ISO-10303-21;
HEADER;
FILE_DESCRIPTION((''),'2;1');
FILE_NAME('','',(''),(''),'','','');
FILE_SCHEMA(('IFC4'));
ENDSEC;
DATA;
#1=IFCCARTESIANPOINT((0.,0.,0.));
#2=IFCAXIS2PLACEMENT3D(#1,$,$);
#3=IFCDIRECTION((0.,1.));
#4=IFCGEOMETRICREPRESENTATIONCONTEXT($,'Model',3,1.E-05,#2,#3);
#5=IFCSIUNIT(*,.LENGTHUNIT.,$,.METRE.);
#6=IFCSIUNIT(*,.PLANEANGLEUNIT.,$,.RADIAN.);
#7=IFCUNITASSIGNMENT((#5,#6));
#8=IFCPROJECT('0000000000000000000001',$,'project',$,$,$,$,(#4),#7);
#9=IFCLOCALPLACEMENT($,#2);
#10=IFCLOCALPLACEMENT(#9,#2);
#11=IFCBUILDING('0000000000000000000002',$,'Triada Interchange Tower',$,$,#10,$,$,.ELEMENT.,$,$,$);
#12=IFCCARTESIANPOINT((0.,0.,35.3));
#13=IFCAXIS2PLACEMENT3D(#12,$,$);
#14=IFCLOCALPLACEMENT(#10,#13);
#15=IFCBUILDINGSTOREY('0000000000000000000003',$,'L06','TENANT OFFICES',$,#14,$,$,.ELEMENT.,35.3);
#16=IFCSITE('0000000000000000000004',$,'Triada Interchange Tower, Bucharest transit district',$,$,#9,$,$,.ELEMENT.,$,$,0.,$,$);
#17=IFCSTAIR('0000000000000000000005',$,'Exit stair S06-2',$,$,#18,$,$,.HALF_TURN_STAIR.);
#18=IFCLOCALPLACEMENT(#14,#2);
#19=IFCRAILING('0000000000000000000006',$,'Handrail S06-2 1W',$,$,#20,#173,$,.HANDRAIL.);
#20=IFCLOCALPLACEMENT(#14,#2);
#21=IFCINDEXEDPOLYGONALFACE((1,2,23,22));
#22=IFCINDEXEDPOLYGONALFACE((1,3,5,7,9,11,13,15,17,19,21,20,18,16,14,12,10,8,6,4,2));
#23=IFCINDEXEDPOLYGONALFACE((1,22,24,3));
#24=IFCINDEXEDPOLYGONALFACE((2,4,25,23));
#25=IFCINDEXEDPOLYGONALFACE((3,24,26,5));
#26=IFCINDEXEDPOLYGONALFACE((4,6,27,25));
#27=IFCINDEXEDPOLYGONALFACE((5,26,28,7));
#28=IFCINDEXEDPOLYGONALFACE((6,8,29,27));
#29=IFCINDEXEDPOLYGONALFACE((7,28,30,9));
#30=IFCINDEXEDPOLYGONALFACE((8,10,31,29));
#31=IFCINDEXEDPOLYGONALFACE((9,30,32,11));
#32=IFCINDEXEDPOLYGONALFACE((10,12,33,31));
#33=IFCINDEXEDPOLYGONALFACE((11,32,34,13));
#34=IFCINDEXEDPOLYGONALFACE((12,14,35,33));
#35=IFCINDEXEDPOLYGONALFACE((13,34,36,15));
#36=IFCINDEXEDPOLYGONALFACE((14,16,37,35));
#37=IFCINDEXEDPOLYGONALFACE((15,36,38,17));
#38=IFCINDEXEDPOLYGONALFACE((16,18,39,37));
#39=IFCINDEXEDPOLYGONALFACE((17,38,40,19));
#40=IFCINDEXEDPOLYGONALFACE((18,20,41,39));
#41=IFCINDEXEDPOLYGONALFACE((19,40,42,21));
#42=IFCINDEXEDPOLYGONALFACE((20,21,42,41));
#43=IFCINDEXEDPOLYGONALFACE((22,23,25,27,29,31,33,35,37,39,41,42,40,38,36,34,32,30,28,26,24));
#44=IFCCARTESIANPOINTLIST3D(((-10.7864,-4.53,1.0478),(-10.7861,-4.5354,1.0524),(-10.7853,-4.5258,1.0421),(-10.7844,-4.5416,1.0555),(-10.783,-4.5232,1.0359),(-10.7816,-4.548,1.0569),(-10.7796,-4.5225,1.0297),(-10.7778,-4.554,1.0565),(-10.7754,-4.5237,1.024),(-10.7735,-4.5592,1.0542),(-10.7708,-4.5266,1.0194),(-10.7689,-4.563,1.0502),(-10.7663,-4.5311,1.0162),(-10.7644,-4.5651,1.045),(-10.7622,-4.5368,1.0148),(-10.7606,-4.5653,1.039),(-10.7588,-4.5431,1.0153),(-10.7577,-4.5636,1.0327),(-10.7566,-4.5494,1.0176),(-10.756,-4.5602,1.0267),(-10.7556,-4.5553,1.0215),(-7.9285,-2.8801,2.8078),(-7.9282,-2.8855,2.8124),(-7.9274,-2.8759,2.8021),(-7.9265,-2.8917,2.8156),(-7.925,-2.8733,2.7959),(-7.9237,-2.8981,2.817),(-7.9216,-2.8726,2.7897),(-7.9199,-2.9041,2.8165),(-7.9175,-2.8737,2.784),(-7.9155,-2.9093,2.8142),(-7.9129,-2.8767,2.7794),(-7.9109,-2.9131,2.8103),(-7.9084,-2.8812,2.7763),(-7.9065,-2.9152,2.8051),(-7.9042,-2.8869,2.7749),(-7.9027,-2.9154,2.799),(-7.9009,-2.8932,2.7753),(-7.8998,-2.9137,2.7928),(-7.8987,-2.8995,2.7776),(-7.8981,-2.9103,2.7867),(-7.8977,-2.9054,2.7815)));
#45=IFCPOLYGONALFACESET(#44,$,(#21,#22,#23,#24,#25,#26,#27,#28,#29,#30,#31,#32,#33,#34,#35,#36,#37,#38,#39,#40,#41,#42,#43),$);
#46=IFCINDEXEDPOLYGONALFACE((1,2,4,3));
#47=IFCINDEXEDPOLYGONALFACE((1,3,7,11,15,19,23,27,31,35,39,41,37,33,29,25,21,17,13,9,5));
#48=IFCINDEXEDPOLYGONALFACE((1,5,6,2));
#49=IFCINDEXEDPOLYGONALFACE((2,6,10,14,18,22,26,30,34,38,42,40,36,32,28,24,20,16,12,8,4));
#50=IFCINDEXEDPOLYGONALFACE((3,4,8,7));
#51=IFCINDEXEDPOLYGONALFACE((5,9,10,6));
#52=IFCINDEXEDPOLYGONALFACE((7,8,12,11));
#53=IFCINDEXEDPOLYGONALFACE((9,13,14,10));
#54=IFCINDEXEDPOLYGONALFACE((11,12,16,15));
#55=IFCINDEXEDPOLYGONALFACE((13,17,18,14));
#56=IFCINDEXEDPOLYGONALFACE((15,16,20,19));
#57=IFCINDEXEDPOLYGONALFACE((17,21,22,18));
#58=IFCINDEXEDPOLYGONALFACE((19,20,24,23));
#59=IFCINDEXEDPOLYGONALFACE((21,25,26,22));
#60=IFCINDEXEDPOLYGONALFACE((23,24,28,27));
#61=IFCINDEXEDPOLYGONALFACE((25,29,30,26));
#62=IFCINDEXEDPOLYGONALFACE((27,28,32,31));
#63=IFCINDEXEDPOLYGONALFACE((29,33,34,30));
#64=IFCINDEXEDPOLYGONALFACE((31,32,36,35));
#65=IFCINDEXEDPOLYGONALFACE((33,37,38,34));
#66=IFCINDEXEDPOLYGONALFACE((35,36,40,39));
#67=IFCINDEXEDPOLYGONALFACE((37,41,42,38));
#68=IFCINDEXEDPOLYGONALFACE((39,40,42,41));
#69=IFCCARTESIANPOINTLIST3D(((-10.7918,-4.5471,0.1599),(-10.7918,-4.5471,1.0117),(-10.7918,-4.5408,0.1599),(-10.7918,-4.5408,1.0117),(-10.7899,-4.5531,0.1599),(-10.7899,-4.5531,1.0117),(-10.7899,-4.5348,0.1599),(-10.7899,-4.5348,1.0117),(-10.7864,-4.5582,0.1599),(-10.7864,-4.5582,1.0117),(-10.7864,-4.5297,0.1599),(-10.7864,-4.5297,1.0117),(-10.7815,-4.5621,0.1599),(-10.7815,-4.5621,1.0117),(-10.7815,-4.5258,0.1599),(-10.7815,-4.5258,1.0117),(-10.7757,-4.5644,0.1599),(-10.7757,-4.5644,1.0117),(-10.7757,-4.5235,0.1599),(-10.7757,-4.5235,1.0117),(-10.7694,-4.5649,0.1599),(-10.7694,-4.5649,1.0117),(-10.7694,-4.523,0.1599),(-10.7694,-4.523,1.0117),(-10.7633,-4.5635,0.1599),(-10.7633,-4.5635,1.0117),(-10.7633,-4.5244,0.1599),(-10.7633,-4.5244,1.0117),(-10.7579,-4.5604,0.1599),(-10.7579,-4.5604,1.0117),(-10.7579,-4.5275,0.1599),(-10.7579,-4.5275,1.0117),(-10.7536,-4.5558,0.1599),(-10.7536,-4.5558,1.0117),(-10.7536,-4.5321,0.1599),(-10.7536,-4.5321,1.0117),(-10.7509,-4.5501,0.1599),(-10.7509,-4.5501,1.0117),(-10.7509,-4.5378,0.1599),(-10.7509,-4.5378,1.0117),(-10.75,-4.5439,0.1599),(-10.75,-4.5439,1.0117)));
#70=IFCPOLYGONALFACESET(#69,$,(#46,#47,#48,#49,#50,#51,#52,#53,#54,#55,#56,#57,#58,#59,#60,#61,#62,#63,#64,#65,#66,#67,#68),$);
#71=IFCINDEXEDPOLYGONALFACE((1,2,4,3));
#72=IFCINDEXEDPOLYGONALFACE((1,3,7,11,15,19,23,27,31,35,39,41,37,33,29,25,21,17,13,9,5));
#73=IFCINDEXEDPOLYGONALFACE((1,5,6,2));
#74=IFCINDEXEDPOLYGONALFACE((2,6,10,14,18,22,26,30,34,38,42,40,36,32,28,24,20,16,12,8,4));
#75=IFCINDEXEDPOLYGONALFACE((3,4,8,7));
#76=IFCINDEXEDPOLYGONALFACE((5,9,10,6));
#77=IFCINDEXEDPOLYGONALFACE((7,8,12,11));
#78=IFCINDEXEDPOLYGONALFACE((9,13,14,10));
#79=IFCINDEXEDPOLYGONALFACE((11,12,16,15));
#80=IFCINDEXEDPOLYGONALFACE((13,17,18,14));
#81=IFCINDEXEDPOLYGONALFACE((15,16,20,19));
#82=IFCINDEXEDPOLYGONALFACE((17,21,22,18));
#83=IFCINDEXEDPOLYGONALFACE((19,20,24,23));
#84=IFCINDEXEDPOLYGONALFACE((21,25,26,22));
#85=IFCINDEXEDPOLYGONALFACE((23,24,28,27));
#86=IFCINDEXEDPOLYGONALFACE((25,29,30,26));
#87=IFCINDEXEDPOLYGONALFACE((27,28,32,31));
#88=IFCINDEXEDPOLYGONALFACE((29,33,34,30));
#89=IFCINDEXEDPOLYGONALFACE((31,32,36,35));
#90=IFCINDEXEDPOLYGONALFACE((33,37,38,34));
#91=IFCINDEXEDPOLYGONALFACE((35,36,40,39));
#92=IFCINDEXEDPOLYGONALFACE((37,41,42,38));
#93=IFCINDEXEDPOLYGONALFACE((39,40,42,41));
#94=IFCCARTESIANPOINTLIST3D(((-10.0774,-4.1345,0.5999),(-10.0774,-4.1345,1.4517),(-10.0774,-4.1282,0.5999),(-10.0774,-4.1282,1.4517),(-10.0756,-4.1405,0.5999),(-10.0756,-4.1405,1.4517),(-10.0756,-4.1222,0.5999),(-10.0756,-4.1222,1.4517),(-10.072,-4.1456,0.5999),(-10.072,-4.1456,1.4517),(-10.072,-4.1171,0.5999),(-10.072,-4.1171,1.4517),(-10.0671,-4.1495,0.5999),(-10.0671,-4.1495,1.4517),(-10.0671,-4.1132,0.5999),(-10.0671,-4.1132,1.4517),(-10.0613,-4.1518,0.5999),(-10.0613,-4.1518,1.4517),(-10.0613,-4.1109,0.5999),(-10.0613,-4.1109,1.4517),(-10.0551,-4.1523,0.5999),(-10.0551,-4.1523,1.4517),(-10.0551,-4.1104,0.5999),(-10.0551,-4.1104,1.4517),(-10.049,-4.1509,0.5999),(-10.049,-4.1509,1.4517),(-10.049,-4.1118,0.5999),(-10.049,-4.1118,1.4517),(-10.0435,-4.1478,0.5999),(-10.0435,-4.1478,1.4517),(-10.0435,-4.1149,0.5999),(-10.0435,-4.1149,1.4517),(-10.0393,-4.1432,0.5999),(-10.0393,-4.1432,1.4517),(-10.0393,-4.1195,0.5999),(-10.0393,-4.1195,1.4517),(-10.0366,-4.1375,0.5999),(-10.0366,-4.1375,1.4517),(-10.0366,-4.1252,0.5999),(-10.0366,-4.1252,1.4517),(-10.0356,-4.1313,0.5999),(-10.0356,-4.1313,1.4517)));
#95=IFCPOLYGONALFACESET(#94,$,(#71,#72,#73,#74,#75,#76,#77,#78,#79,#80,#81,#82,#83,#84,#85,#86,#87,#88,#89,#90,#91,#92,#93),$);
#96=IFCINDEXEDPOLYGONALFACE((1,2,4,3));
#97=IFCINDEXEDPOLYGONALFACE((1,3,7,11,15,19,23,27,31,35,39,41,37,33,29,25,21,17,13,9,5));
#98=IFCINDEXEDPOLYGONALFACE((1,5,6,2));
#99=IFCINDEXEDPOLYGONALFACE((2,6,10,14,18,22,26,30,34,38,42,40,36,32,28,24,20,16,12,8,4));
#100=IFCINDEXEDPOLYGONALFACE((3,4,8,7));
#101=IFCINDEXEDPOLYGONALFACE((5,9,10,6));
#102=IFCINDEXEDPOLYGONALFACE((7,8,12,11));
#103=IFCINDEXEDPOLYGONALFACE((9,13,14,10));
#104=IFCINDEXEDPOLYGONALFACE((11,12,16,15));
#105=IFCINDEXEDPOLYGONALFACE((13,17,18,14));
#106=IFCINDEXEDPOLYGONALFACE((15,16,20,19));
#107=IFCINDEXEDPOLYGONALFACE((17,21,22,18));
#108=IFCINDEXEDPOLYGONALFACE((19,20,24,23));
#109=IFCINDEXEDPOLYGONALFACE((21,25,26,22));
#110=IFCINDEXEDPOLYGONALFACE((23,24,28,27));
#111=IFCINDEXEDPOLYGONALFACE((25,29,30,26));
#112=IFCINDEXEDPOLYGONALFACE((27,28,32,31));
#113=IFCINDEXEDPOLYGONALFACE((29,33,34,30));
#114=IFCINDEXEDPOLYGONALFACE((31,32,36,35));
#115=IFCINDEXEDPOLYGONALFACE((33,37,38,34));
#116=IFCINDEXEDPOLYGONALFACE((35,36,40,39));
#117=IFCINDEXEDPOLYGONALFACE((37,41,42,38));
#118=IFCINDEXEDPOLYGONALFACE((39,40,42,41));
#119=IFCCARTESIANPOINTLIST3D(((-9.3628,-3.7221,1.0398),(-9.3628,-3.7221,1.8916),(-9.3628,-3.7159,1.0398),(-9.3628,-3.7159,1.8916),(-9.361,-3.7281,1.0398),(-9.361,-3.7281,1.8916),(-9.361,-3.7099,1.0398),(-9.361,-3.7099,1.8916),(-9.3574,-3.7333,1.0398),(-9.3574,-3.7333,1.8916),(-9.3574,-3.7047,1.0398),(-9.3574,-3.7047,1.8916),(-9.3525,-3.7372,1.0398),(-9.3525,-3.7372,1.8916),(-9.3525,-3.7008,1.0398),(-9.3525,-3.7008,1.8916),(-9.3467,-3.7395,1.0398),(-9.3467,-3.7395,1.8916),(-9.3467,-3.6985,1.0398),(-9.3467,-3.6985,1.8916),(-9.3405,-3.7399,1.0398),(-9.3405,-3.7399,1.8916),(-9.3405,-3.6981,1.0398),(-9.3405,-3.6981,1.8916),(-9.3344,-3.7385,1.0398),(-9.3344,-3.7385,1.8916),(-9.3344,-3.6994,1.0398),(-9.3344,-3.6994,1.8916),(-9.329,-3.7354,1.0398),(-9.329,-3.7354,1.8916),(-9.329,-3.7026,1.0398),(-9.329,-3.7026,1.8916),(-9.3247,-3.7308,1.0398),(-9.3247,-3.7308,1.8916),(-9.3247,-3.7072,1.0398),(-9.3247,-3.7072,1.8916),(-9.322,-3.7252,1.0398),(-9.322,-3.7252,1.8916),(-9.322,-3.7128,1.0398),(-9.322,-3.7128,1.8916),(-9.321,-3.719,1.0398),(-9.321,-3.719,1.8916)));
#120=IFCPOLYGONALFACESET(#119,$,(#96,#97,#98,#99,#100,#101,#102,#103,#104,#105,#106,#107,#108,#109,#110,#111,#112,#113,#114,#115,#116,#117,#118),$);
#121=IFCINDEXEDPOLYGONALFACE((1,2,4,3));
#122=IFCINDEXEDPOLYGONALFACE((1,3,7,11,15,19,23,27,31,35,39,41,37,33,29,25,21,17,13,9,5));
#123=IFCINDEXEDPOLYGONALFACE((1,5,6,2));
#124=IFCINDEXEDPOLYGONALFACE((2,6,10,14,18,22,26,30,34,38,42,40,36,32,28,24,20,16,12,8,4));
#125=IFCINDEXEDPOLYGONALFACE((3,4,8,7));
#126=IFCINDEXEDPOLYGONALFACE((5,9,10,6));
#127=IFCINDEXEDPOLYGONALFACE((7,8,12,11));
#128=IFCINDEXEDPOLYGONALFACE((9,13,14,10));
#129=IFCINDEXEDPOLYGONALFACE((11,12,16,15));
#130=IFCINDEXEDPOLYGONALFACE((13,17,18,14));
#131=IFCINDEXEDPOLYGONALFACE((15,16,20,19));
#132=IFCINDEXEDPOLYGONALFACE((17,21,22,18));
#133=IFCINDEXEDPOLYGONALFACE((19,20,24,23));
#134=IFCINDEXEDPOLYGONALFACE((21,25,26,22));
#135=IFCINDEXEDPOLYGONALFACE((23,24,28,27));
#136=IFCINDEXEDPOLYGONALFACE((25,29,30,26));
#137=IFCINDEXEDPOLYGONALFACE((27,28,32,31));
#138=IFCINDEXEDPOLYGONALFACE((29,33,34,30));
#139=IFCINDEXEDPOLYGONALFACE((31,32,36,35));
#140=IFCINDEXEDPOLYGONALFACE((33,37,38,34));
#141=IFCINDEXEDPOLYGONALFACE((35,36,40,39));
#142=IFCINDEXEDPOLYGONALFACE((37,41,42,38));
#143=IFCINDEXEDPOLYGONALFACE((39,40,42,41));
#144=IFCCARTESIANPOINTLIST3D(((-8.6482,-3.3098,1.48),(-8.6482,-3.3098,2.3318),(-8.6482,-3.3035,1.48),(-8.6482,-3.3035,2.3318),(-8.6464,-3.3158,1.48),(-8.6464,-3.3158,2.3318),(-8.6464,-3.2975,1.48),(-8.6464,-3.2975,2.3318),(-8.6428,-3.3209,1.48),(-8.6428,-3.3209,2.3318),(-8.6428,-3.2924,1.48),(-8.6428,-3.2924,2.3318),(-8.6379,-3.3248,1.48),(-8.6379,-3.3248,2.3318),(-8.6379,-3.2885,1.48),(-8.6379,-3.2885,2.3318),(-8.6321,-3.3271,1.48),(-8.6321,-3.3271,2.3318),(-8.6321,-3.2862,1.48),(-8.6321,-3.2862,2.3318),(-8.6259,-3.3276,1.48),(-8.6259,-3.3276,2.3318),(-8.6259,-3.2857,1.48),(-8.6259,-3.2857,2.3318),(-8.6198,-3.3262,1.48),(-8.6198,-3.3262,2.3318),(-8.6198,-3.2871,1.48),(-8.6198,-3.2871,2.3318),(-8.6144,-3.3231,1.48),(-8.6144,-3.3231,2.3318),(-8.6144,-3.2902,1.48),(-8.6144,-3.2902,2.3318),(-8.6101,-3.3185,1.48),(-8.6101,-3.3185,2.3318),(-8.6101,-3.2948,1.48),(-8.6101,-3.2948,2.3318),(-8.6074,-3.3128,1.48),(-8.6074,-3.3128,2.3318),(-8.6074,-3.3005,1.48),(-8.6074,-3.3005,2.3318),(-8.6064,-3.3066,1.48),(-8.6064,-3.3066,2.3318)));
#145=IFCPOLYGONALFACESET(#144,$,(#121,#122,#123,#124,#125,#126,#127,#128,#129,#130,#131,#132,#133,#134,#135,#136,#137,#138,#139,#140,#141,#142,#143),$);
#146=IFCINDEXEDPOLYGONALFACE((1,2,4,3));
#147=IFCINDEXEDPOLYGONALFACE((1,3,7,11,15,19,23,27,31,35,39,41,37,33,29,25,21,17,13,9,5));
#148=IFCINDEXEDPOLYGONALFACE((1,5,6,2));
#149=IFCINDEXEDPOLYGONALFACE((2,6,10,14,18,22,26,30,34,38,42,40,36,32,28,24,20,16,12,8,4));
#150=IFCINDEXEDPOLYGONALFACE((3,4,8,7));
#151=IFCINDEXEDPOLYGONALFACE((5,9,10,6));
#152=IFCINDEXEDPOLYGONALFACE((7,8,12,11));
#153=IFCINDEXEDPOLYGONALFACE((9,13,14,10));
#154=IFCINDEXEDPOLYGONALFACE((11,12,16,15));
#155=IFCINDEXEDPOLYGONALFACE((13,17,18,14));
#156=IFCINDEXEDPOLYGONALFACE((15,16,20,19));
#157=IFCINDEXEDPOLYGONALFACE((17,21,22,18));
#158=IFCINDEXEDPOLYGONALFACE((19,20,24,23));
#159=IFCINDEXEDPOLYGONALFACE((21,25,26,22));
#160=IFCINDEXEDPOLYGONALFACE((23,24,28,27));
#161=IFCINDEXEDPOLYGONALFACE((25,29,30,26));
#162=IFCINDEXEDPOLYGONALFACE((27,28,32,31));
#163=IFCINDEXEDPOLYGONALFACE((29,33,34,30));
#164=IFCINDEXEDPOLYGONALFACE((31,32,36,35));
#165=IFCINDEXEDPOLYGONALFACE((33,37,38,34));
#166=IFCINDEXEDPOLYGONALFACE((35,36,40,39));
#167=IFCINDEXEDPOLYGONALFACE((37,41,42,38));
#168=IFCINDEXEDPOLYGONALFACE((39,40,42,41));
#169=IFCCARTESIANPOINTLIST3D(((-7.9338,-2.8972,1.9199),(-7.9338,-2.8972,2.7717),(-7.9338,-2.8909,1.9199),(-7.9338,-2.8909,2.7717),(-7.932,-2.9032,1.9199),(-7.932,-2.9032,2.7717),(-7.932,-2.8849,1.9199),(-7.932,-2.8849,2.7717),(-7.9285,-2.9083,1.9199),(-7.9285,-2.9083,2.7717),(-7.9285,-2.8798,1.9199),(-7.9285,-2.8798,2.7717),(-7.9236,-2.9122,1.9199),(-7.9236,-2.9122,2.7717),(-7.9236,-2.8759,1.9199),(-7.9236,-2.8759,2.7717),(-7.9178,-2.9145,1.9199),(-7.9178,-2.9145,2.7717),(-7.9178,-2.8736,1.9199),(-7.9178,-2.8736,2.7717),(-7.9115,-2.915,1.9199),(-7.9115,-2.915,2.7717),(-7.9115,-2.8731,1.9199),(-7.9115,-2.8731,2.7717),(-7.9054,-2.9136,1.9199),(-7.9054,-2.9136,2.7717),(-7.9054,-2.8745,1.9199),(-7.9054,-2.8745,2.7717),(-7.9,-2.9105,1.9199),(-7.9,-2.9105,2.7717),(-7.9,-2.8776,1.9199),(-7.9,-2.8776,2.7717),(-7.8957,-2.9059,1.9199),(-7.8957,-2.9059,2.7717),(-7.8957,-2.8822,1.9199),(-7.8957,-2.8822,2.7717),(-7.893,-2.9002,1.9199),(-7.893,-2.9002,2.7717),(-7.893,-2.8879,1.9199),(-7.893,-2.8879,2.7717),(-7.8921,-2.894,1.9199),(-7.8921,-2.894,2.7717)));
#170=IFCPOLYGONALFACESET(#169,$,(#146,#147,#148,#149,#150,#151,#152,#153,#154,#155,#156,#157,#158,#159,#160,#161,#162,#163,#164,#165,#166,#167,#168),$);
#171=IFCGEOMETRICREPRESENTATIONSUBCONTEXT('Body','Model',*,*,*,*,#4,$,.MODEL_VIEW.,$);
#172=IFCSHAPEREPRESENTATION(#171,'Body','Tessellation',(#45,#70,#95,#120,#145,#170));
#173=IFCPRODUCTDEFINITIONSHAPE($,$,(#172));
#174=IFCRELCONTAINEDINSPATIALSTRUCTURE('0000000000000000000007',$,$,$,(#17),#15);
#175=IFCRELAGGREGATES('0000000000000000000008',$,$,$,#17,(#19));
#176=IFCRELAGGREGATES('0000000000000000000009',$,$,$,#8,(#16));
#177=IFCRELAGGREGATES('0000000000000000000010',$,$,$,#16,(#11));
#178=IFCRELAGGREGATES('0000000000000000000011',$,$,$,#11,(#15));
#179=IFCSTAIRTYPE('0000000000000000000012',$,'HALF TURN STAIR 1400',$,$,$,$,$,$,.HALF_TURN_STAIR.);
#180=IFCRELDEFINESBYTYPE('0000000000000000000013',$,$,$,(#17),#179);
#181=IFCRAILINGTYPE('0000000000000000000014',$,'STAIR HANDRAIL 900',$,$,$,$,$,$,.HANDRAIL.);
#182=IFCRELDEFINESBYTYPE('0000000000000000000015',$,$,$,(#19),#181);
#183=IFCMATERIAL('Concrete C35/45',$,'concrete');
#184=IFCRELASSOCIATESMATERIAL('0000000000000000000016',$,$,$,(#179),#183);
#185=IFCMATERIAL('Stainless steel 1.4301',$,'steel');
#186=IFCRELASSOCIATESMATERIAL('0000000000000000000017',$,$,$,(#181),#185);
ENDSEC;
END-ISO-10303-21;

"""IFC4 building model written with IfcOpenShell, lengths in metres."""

from ifc_helpers import new_model, si_unit, direction, frame, origin, origin_2d, place, context, subcontext, project, spatial, circle, extrude, material, type_object, element, aggregate, save


model = new_model("IFC4")

# Units and contexts
model_context = context("Model", 3, precision=1e-05, world=origin(), true_north=direction((0.0, 1.0)))
body_context = subcontext(model_context, "Body", "Model", "MODEL_VIEW")
ifc_project = project(units=[si_unit("LENGTHUNIT", "METRE"), si_unit("PLANEANGLEUNIT", "RADIAN")], contexts=[model_context])

# Site, building, storey
site_placement = place(None, origin())
site = spatial("IfcSite", under=ifc_project, at=site_placement, Name="Triada Interchange Tower, Bucharest transit district", CompositionType="ELEMENT", RefElevation=0.0)
building_placement = place(site_placement, origin())
building = spatial("IfcBuilding", under=site, at=building_placement, Name="Triada Interchange Tower", CompositionType="ELEMENT")
storey_placement = place(building_placement, frame((0.0, 0.0, 35.3)))
storey = spatial("IfcBuildingStorey", under=building, at=storey_placement, Name="L06", Description="TENANT OFFICES", CompositionType="ELEMENT", Elevation=35.3)

# Stair, railing
ifc_material_1 = material(Name="Concrete C35/45", Category="concrete")
stair_type = type_object("IfcStairType", Name="HALF TURN STAIR 1400", PredefinedType="HALF_TURN_STAIR", material=ifc_material_1)
stair_placement = place(storey_placement, origin())
stair = element("IfcStair", 1, at=stair_placement, inside=storey, type_object=stair_type, Name="Exit stair S06-2", PredefinedType="HALF_TURN_STAIR")
ifc_material_2 = material(Name="Stainless steel 1.4301", Category="steel")
railing_type = type_object("IfcRailingType", Name="STAIR HANDRAIL 900", PredefinedType="HANDRAIL", material=ifc_material_2)
railing_1_placement = place(storey_placement, frame((-10.771, -4.5439, 0.1599)))
railing_1 = element("IfcRailing", 2, at=railing_1_placement, type_object=railing_type, Name="Handrail S06-2 1W", PredefinedType="HANDRAIL", context=body_context, shape_type="SweptSolid", body=[
    extrude(circle(Radius=0.0239, at=origin_2d()), frame((0.0, 0.0, 0.876), z_axis=(0.764151, 0.441153, 0.470593), x_axis=(-0.499974, 0.86604, 0.0)), (0.0, 0.0, 1.0), 3.74),
    extrude(circle(Radius=0.021, at=origin_2d()), origin(), (0.0, 0.0, 1.0), 0.8518),
    extrude(circle(Radius=0.021, at=origin_2d()), frame((0.7144, 0.4126, 0.4399)), (0.0, 0.0, 1.0), 0.8518),
    extrude(circle(Radius=0.021, at=origin_2d()), frame((1.429, 0.825, 0.8799)), (0.0, 0.0, 1.0), 0.8518),
    extrude(circle(Radius=0.021, at=origin_2d()), frame((2.1436, 1.2373, 1.3201)), (0.0, 0.0, 1.0), 0.8518),
    extrude(circle(Radius=0.021, at=origin_2d()), frame((2.8579, 1.6499, 1.76)), (0.0, 0.0, 1.0), 0.8518),
])
aggregate(stair, [railing_1])

save(model, "model.ifc")
